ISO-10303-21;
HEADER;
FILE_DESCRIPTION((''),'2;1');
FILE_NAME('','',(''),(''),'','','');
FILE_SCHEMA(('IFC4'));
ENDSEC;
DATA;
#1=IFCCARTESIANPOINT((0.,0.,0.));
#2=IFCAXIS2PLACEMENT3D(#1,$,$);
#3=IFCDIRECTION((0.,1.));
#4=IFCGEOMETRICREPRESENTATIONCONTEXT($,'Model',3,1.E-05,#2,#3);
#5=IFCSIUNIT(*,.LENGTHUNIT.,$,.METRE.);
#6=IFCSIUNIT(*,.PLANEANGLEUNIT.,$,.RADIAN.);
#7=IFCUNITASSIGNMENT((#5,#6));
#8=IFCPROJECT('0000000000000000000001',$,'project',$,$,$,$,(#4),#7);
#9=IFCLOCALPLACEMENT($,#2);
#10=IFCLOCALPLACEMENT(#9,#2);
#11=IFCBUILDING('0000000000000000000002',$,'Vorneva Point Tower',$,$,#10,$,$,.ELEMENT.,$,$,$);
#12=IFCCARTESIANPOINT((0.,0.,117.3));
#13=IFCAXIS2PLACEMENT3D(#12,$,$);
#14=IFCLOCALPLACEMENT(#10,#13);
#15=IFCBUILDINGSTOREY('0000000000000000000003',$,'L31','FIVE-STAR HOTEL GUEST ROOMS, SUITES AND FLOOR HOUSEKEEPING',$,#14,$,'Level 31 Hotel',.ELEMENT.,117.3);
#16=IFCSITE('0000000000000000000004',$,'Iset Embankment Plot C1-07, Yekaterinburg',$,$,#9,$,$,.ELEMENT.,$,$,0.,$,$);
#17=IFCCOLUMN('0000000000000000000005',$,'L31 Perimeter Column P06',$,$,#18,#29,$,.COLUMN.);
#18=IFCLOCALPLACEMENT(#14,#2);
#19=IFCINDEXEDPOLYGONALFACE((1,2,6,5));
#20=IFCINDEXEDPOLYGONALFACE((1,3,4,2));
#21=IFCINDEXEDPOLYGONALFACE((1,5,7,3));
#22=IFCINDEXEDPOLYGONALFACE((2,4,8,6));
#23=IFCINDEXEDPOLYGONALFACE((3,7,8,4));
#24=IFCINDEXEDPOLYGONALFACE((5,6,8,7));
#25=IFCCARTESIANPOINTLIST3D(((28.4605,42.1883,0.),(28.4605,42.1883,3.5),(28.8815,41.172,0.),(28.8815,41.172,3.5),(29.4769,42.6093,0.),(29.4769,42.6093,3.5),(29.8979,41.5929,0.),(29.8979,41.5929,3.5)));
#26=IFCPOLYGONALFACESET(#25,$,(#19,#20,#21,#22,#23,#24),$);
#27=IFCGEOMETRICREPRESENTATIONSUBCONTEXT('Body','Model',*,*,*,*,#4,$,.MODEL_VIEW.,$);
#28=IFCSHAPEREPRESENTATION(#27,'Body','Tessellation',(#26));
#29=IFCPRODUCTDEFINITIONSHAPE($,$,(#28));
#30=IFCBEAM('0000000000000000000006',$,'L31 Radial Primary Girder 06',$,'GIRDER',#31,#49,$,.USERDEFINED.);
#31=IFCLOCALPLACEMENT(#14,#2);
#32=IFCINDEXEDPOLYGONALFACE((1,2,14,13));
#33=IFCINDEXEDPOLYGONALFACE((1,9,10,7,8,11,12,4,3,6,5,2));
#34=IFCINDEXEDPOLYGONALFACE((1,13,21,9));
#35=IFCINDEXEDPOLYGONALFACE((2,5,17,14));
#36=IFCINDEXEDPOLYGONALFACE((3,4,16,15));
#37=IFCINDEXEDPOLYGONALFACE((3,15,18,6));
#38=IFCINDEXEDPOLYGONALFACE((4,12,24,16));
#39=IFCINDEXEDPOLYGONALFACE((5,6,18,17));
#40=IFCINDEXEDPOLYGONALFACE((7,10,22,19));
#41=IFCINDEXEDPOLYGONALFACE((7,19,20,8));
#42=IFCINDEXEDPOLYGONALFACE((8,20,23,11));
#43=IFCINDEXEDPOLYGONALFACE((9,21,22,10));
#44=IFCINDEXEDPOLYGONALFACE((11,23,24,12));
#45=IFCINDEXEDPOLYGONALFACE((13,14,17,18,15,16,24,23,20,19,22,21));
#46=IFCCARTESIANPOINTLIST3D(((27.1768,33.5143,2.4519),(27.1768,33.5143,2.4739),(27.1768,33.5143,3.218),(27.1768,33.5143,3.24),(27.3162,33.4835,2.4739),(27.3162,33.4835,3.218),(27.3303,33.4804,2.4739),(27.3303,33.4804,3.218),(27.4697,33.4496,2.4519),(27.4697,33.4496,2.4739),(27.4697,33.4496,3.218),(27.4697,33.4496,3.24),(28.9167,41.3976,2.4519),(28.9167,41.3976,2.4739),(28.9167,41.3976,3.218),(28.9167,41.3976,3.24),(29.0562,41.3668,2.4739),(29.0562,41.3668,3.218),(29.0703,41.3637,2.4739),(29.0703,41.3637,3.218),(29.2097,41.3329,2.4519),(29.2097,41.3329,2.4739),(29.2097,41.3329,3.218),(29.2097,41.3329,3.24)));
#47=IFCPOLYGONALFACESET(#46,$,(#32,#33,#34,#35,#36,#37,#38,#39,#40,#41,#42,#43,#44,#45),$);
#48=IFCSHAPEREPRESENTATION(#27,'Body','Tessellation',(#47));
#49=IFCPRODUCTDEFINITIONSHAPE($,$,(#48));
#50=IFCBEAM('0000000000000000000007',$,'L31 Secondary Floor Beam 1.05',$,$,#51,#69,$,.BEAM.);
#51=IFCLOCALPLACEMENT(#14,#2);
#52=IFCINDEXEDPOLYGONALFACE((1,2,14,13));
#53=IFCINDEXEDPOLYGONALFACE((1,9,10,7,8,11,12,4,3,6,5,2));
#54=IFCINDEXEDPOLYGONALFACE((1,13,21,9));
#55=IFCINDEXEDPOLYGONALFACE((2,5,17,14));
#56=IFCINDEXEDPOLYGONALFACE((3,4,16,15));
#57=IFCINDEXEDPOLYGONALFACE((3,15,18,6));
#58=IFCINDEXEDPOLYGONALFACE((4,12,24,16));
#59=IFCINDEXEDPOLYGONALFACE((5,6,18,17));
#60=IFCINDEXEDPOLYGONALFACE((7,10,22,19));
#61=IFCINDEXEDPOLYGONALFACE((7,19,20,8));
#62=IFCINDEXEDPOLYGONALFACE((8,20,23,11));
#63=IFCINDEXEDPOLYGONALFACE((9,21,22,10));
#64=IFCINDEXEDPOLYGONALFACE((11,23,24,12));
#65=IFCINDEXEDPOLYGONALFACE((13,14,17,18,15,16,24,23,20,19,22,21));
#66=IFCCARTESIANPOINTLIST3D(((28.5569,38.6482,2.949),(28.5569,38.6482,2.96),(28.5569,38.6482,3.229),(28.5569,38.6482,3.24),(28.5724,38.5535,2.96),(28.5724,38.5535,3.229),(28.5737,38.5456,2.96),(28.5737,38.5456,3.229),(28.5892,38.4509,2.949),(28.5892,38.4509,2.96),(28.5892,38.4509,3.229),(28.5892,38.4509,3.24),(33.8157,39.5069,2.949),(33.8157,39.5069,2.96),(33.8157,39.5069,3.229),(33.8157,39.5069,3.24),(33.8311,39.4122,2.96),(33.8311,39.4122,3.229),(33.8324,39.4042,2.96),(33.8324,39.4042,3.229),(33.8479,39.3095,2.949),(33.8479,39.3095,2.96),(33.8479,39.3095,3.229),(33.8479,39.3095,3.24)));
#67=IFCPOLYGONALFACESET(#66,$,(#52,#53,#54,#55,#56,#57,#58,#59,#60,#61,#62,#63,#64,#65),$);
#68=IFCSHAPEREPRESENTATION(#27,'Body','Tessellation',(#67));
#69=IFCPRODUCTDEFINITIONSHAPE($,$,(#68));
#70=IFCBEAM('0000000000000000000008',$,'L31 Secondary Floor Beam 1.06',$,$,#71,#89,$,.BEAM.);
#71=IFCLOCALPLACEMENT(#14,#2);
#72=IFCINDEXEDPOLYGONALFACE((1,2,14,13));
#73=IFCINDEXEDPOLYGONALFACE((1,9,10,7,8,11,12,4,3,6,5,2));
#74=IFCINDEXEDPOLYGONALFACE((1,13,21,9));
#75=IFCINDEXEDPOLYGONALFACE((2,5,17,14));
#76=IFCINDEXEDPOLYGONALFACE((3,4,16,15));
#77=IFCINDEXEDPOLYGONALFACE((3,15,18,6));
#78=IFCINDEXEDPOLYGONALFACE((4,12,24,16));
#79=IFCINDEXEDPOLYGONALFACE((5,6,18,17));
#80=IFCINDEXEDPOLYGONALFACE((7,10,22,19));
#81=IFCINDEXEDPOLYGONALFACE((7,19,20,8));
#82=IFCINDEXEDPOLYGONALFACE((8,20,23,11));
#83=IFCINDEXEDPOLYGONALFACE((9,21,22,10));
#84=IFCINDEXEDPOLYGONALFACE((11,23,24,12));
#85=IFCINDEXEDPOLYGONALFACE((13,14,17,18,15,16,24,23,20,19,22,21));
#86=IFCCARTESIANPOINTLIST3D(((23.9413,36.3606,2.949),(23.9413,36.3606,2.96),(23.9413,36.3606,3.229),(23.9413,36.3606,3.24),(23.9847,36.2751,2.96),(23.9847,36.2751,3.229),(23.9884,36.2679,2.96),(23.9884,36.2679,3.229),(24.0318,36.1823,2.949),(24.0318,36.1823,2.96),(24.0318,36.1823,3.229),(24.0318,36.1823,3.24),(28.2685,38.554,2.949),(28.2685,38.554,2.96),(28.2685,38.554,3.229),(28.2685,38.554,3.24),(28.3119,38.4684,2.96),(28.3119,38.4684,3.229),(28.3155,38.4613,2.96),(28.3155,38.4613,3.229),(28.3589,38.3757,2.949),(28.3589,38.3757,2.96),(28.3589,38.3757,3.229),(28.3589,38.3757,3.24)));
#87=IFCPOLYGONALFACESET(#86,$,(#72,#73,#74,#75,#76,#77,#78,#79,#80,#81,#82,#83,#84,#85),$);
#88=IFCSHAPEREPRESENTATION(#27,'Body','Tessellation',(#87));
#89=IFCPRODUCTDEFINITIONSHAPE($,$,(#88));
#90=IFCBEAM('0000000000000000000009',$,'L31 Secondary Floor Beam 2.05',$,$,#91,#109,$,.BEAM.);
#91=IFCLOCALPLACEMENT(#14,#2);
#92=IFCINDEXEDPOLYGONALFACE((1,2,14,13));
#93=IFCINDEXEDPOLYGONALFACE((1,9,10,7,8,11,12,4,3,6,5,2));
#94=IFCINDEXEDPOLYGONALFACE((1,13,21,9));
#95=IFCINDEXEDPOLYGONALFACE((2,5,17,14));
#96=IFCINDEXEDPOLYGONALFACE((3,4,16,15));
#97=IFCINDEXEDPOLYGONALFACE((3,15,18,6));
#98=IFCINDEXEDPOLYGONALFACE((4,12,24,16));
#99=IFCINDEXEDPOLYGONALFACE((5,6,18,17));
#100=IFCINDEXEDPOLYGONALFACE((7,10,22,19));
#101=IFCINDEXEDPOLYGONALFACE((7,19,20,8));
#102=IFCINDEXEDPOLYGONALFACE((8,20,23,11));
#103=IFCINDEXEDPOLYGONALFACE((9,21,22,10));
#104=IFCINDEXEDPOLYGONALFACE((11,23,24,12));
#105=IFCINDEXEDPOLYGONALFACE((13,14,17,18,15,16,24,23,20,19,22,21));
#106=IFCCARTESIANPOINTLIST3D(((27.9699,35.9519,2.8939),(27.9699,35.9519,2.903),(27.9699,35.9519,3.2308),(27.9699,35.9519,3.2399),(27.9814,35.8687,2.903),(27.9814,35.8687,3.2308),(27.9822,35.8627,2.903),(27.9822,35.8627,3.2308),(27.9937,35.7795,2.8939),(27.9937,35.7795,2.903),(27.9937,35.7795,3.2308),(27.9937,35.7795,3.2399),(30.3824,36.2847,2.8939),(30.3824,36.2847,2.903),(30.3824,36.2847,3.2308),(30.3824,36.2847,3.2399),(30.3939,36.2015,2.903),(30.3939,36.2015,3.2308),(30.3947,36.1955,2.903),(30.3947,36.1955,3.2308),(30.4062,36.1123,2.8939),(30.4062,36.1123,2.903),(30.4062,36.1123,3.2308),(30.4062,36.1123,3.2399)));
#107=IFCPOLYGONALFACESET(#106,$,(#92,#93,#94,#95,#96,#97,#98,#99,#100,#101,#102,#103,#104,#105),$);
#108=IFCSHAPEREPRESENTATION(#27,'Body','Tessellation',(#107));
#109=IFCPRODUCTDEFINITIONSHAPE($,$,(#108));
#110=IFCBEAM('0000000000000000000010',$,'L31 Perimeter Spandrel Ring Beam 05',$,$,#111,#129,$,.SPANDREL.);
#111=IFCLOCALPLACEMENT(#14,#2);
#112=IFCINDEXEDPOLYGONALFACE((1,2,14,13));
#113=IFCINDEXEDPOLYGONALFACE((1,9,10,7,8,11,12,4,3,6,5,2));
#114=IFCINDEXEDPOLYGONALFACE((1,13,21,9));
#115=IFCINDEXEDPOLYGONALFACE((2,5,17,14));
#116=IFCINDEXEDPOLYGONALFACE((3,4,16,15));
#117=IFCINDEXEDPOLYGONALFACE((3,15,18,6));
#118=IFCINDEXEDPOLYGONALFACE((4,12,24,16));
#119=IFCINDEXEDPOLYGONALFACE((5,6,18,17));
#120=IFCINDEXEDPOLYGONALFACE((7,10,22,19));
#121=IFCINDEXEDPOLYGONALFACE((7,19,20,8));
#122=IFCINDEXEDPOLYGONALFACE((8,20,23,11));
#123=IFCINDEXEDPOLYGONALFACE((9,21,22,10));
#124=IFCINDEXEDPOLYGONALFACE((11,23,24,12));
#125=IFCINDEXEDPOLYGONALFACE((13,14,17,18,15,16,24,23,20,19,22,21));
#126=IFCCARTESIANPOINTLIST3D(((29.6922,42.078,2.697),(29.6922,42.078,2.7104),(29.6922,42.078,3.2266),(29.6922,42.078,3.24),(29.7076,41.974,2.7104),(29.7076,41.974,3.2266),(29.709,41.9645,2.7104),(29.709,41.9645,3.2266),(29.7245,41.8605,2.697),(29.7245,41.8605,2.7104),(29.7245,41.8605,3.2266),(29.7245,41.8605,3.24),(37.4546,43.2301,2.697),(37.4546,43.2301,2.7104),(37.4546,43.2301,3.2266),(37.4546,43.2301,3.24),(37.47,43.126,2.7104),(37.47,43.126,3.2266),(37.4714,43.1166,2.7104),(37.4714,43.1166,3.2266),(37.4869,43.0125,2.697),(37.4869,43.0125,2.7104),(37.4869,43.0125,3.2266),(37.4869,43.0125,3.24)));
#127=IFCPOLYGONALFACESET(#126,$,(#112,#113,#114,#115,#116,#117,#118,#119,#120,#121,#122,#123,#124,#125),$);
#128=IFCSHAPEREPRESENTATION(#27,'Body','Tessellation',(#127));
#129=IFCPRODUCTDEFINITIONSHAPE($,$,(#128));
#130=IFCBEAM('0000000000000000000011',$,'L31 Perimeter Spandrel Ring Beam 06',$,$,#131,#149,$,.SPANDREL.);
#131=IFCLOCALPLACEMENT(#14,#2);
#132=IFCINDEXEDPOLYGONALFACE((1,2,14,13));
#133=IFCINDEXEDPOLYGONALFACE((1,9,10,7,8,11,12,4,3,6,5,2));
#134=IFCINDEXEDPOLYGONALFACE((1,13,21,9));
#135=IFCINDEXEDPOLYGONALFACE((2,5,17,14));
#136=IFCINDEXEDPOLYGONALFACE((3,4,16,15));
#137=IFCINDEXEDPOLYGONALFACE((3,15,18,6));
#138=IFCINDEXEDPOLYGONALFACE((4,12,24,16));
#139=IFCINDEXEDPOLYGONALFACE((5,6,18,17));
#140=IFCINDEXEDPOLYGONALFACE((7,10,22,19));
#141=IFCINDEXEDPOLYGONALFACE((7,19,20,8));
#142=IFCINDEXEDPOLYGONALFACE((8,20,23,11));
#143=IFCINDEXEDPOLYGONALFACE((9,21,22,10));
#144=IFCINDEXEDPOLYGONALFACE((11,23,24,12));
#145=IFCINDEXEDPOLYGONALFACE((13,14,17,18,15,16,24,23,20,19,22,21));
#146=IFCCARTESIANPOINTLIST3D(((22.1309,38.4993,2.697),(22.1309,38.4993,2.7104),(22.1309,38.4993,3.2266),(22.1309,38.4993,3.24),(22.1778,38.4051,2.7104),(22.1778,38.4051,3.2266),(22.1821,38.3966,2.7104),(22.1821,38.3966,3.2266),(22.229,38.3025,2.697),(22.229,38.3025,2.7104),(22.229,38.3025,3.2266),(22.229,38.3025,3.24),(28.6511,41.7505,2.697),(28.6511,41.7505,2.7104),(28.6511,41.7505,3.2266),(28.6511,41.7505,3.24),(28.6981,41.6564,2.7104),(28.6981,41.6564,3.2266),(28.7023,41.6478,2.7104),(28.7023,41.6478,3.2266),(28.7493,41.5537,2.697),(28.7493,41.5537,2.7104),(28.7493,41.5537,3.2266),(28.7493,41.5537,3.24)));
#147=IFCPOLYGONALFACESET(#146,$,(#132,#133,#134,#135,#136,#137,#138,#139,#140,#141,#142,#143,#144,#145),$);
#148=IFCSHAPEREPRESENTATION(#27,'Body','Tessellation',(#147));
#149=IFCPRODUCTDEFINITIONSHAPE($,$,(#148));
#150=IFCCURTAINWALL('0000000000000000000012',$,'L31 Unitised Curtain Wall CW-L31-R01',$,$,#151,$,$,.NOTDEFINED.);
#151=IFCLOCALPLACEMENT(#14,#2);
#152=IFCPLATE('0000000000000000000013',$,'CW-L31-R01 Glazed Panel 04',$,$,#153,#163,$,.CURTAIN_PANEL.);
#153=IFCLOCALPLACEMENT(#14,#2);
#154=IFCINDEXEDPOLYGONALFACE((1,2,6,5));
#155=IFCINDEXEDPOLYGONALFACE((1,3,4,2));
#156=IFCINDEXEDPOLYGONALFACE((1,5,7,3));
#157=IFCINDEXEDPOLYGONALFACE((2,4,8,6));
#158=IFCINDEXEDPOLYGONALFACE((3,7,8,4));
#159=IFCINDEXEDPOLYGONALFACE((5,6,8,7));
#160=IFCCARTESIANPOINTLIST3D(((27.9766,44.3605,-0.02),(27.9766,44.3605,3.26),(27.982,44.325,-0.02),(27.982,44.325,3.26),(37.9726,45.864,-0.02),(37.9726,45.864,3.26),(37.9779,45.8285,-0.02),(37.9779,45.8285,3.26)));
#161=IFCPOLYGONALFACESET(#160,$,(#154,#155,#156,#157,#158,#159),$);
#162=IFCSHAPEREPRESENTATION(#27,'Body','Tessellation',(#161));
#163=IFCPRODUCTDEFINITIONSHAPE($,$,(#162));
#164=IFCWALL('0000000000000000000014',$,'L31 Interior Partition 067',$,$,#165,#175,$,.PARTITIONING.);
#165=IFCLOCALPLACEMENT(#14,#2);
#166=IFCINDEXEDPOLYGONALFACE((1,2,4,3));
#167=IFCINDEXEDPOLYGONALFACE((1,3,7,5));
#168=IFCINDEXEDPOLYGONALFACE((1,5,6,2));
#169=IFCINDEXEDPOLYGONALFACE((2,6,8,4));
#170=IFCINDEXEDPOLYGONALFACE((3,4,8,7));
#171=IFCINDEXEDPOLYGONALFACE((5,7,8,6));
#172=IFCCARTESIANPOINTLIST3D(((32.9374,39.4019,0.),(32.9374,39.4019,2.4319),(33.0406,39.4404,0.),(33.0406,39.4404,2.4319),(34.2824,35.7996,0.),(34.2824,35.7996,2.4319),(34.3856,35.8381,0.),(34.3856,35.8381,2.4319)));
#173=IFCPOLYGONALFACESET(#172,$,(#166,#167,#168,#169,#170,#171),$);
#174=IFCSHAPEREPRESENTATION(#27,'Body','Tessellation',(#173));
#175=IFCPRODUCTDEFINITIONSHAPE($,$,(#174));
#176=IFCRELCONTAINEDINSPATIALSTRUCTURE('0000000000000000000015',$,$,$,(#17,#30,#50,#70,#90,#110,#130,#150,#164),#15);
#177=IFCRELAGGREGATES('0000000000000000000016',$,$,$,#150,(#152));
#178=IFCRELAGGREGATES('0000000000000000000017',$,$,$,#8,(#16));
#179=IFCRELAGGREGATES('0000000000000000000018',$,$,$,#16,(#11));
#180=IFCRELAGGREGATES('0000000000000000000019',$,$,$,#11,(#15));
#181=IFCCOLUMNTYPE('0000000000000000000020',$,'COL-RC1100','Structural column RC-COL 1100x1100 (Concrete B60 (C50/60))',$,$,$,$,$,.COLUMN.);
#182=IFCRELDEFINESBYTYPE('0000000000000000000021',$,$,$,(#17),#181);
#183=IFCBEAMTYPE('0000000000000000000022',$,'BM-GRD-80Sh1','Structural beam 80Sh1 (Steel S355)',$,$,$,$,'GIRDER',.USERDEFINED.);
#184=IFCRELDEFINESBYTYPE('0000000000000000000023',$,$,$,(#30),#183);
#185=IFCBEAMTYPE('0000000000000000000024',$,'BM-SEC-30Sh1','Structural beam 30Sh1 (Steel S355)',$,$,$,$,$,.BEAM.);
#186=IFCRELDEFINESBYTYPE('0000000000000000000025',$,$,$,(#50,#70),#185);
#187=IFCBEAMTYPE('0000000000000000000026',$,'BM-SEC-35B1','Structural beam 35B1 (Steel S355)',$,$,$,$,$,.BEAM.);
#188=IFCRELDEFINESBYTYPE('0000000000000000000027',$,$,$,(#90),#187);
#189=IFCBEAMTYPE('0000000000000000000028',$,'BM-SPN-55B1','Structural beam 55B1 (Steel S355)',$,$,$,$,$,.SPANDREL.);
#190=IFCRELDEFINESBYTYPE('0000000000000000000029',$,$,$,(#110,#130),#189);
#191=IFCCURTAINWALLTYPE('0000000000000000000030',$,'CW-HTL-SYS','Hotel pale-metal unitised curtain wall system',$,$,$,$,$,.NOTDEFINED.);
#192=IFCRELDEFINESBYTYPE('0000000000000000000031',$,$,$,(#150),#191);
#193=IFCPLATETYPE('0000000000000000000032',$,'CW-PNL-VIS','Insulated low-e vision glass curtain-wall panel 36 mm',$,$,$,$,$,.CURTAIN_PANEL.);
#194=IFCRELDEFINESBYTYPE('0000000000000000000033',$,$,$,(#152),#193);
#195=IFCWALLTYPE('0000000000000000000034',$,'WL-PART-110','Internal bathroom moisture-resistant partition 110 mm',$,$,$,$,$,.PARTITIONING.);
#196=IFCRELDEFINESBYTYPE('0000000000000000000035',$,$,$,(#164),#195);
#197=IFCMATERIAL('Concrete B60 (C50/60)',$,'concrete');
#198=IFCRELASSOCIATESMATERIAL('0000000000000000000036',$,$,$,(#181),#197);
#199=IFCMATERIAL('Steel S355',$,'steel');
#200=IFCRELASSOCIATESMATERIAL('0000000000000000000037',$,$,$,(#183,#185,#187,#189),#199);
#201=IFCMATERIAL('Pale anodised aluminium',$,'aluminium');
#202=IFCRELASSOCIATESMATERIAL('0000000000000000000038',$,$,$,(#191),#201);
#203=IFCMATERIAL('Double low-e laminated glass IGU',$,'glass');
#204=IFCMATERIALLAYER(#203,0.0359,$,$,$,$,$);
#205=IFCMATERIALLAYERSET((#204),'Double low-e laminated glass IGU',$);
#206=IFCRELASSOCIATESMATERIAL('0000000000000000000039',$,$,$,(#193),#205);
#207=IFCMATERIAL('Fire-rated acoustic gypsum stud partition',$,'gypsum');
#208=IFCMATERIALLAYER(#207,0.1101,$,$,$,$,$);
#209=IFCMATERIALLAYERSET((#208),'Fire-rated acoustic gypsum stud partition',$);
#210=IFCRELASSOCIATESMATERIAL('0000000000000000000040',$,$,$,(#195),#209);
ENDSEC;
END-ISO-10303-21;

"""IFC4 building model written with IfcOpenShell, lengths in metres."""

from ifc_helpers import new_model, si_unit, direction, frame, frame_2d, origin, origin_2d, place, context, subcontext, project, spatial, rectangle, i_section, extrude, material, layer, layer_set, material_profile, profile_set, type_object, element, aggregate, save


model = new_model("IFC4")

# Units and contexts
model_context = context("Model", 3, precision=1e-05, world=origin(), true_north=direction((0.0, 1.0)))
body_context = subcontext(model_context, "Body", "Model", "MODEL_VIEW")
ifc_project = project(units=[si_unit("LENGTHUNIT", "METRE"), si_unit("PLANEANGLEUNIT", "RADIAN")], contexts=[model_context])

# Site, building, storey
site_placement = place(None, origin())
site = spatial("IfcSite", under=ifc_project, at=site_placement, Name="Iset Embankment Plot C1-07, Yekaterinburg", CompositionType="ELEMENT", RefElevation=0.0)
building_placement = place(site_placement, origin())
building = spatial("IfcBuilding", under=site, at=building_placement, Name="Vorneva Point Tower", CompositionType="ELEMENT")
storey_placement = place(building_placement, frame((0.0, 0.0, 117.3)))
storey = spatial("IfcBuildingStorey", under=building, at=storey_placement, Name="L31", Description="FIVE-STAR HOTEL GUEST ROOMS, SUITES AND FLOOR HOUSEKEEPING", LongName="Level 31 Hotel", CompositionType="ELEMENT", Elevation=117.3)

# Column
ifc_material_1 = material(Name="Concrete B60 (C50/60)", Category="concrete")
ifc_material_profile_1 = material_profile(ifc_material_1, rectangle(XDim=1.1001, YDim=1.1001, at=origin_2d()), Name="RC-COL 1100x1100")
ifc_profile_set_1 = profile_set([ifc_material_profile_1], Name="Concrete B60 (C50/60)")
column_type = type_object("IfcColumnType", Name="COL-RC1100", Description="Structural column RC-COL 1100x1100 (Concrete B60 (C50/60))", PredefinedType="COLUMN", material=ifc_profile_set_1)
column_placement = place(storey_placement, frame((29.1792, 41.8906, 0.0), z_axis=(0.0, 0.0, 1.0), x_axis=(-0.382683, 0.92388, 0.0)))
element("IfcColumn", 1, at=column_placement, inside=storey, type_object=column_type, Name="L31 Perimeter Column P06", PredefinedType="COLUMN", context=body_context, shape_type="SweptSolid", body=[
    extrude(rectangle(XDim=1.1001, YDim=1.1001, at=origin_2d()), origin(), (0.0, 0.0, 1.0), 3.5),
])

# Beams
ifc_material_2 = material(Name="Steel S355", Category="steel")
ifc_material_profile_2 = material_profile(ifc_material_2, i_section(OverallWidth=0.3, OverallDepth=0.7881, WebThickness=0.0144, FlangeThickness=0.022, at=origin_2d()), Name="80Sh1")
ifc_profile_set_2 = profile_set([ifc_material_profile_2], Name="Steel S355")
beam_type_1 = type_object("IfcBeamType", Name="BM-GRD-80Sh1", Description="Structural beam 80Sh1 (Steel S355)", ElementType="GIRDER", PredefinedType="USERDEFINED", material=ifc_profile_set_2)
beam_1_placement = place(storey_placement, frame((29.0632, 41.3652, 2.8459), z_axis=(-0.215531, -0.976497, 0.0), x_axis=(0.976497, -0.215531, 0.0)))
element("IfcBeam", 2, at=beam_1_placement, inside=storey, type_object=beam_type_1, Name="L31 Radial Primary Girder 06", ObjectType="GIRDER", PredefinedType="USERDEFINED", context=body_context, shape_type="SweptSolid", body=[
    extrude(i_section(OverallWidth=0.3, OverallDepth=0.7881, WebThickness=0.0144, FlangeThickness=0.022, at=origin_2d()), origin(), (0.0, 0.0, 1.0), 8.073),
])
ifc_material_profile_3 = material_profile(ifc_material_2, i_section(OverallWidth=0.2, OverallDepth=0.291, WebThickness=0.0081, FlangeThickness=0.011, at=origin_2d()), Name="30Sh1")
ifc_profile_set_3 = profile_set([ifc_material_profile_3], Name="Steel S355")
beam_type_2 = type_object("IfcBeamType", Name="BM-SEC-30Sh1", Description="Structural beam 30Sh1 (Steel S355)", PredefinedType="BEAM", material=ifc_profile_set_3)
beam_2_placement = place(storey_placement, frame((33.8318, 39.4082, 3.0945), z_axis=(-0.986931, -0.161144, 0.0), x_axis=(0.161144, -0.986931, 0.0)))
element("IfcBeam", 3, at=beam_2_placement, inside=storey, type_object=beam_type_2, Name="L31 Secondary Floor Beam 1.05", PredefinedType="BEAM", context=body_context, shape_type="SweptSolid", body=[
    extrude(i_section(OverallWidth=0.2, OverallDepth=0.291, WebThickness=0.0081, FlangeThickness=0.011, at=origin_2d()), origin(), (0.0, 0.0, 1.0), 5.3284),
])
beam_3_placement = place(storey_placement, frame((28.3137, 38.4648, 3.0945), z_axis=(-0.891958, -0.452119, 0.0), x_axis=(0.452119, -0.891958, 0.0)))
element("IfcBeam", 4, at=beam_3_placement, inside=storey, type_object=beam_type_2, Name="L31 Secondary Floor Beam 1.06", PredefinedType="BEAM", context=body_context, shape_type="SweptSolid", body=[
    extrude(i_section(OverallWidth=0.2, OverallDepth=0.291, WebThickness=0.0081, FlangeThickness=0.011, at=origin_2d()), origin(), (0.0, 0.0, 1.0), 4.8513),
])
ifc_material_profile_4 = material_profile(ifc_material_2, i_section(OverallWidth=0.1741, OverallDepth=0.3459, WebThickness=0.0061, FlangeThickness=0.009, at=origin_2d()), Name="35B1")
ifc_profile_set_4 = profile_set([ifc_material_profile_4], Name="Steel S355")
beam_type_3 = type_object("IfcBeamType", Name="BM-SEC-35B1", Description="Structural beam 35B1 (Steel S355)", PredefinedType="BEAM", material=ifc_profile_set_4)
beam_4_placement = place(storey_placement, frame((30.3943, 36.1985, 3.0669), z_axis=(-0.99062, -0.136648, 0.0), x_axis=(0.136648, -0.99062, 0.0)))
element("IfcBeam", 5, at=beam_4_placement, inside=storey, type_object=beam_type_3, Name="L31 Secondary Floor Beam 2.05", PredefinedType="BEAM", context=body_context, shape_type="SweptSolid", body=[
    extrude(i_section(OverallWidth=0.1741, OverallDepth=0.3459, WebThickness=0.0061, FlangeThickness=0.009, at=origin_2d()), origin(), (0.0, 0.0, 1.0), 2.4353),
])
ifc_material_profile_5 = material_profile(ifc_material_2, i_section(OverallWidth=0.22, OverallDepth=0.543, WebThickness=0.0095, FlangeThickness=0.0134, at=origin_2d()), Name="55B1")
ifc_profile_set_5 = profile_set([ifc_material_profile_5], Name="Steel S355")
beam_type_4 = type_object("IfcBeamType", Name="BM-SPN-55B1", Description="Structural beam 55B1 (Steel S355)", PredefinedType="SPANDREL", material=ifc_profile_set_5)
beam_5_placement = place(storey_placement, frame((37.4707, 43.1213, 2.9685), z_axis=(-0.989165, -0.146811, 0.0), x_axis=(0.146811, -0.989165, 0.0)))
element("IfcBeam", 6, at=beam_5_placement, inside=storey, type_object=beam_type_4, Name="L31 Perimeter Spandrel Ring Beam 05", PredefinedType="SPANDREL", context=body_context, shape_type="SweptSolid", body=[
    extrude(i_section(OverallWidth=0.22, OverallDepth=0.543, WebThickness=0.0095, FlangeThickness=0.0134, at=origin_2d()), origin(), (0.0, 0.0, 1.0), 7.8474),
])
beam_6_placement = place(storey_placement, frame((28.7002, 41.6521, 2.9685), z_axis=(-0.894916, -0.446235, 0.0), x_axis=(0.446235, -0.894916, 0.0)))
element("IfcBeam", 7, at=beam_6_placement, inside=storey, type_object=beam_type_4, Name="L31 Perimeter Spandrel Ring Beam 06", PredefinedType="SPANDREL", context=body_context, shape_type="SweptSolid", body=[
    extrude(i_section(OverallWidth=0.22, OverallDepth=0.543, WebThickness=0.0095, FlangeThickness=0.0134, at=origin_2d()), origin(), (0.0, 0.0, 1.0), 7.2859),
])

# Curtain wall, plate
ifc_material_3 = material(Name="Pale anodised aluminium", Category="aluminium")
curtain_wall_type = type_object("IfcCurtainWallType", Name="CW-HTL-SYS", Description="Hotel pale-metal unitised curtain wall system", PredefinedType="NOTDEFINED", material=ifc_material_3)
curtain_wall_placement = place(storey_placement, origin())
curtain_wall = element("IfcCurtainWall", 8, at=curtain_wall_placement, inside=storey, type_object=curtain_wall_type, Name="L31 Unitised Curtain Wall CW-L31-R01", PredefinedType="NOTDEFINED")
ifc_material_4 = material(Name="Double low-e laminated glass IGU", Category="glass")
ifc_layer_1 = layer(ifc_material_4, 0.0359)
ifc_layer_set_1 = layer_set([ifc_layer_1], Name="Double low-e laminated glass IGU")
plate_type = type_object("IfcPlateType", Name="CW-PNL-VIS", Description="Insulated low-e vision glass curtain-wall panel 36 mm", PredefinedType="CURTAIN_PANEL", material=ifc_layer_set_1)
plate_placement = place(storey_placement, frame((32.9773, 45.0945, -0.02), z_axis=(0.0, 0.0, 1.0), x_axis=(-0.988876, -0.148741, 0.0)))
plate = element("IfcPlate", 9, at=plate_placement, type_object=plate_type, Name="CW-L31-R01 Glazed Panel 04", PredefinedType="CURTAIN_PANEL", context=body_context, shape_type="SweptSolid", body=[
    extrude(rectangle(XDim=10.1084, YDim=0.0359, at=origin_2d()), origin(), (0.0, 0.0, 1.0), 3.28),
])
aggregate(curtain_wall, [plate])

# Wall
ifc_material_5 = material(Name="Fire-rated acoustic gypsum stud partition", Category="gypsum")
ifc_layer_2 = layer(ifc_material_5, 0.1101)
ifc_layer_set_2 = layer_set([ifc_layer_2], Name="Fire-rated acoustic gypsum stud partition")
wall_type_1 = type_object("IfcWallType", Name="WL-PART-110", Description="Internal bathroom moisture-resistant partition 110 mm", PredefinedType="PARTITIONING", material=ifc_layer_set_2)
wall_1_placement = place(storey_placement, frame((34.334, 35.8188, 0.0), z_axis=(0.0, 0.0, 1.0), x_axis=(-0.34978, 0.936832, 0.0)))
element("IfcWall", 10, at=wall_1_placement, inside=storey, type_object=wall_type_1, Name="L31 Interior Partition 067", PredefinedType="PARTITIONING", context=body_context, shape_type="SweptSolid", body=[
    extrude(rectangle(XDim=3.8452, YDim=0.1101, at=frame_2d((1.9226, 0.0))), origin(), (0.0, 0.0, 1.0), 2.4319),
])

save(model, "model.ifc")
